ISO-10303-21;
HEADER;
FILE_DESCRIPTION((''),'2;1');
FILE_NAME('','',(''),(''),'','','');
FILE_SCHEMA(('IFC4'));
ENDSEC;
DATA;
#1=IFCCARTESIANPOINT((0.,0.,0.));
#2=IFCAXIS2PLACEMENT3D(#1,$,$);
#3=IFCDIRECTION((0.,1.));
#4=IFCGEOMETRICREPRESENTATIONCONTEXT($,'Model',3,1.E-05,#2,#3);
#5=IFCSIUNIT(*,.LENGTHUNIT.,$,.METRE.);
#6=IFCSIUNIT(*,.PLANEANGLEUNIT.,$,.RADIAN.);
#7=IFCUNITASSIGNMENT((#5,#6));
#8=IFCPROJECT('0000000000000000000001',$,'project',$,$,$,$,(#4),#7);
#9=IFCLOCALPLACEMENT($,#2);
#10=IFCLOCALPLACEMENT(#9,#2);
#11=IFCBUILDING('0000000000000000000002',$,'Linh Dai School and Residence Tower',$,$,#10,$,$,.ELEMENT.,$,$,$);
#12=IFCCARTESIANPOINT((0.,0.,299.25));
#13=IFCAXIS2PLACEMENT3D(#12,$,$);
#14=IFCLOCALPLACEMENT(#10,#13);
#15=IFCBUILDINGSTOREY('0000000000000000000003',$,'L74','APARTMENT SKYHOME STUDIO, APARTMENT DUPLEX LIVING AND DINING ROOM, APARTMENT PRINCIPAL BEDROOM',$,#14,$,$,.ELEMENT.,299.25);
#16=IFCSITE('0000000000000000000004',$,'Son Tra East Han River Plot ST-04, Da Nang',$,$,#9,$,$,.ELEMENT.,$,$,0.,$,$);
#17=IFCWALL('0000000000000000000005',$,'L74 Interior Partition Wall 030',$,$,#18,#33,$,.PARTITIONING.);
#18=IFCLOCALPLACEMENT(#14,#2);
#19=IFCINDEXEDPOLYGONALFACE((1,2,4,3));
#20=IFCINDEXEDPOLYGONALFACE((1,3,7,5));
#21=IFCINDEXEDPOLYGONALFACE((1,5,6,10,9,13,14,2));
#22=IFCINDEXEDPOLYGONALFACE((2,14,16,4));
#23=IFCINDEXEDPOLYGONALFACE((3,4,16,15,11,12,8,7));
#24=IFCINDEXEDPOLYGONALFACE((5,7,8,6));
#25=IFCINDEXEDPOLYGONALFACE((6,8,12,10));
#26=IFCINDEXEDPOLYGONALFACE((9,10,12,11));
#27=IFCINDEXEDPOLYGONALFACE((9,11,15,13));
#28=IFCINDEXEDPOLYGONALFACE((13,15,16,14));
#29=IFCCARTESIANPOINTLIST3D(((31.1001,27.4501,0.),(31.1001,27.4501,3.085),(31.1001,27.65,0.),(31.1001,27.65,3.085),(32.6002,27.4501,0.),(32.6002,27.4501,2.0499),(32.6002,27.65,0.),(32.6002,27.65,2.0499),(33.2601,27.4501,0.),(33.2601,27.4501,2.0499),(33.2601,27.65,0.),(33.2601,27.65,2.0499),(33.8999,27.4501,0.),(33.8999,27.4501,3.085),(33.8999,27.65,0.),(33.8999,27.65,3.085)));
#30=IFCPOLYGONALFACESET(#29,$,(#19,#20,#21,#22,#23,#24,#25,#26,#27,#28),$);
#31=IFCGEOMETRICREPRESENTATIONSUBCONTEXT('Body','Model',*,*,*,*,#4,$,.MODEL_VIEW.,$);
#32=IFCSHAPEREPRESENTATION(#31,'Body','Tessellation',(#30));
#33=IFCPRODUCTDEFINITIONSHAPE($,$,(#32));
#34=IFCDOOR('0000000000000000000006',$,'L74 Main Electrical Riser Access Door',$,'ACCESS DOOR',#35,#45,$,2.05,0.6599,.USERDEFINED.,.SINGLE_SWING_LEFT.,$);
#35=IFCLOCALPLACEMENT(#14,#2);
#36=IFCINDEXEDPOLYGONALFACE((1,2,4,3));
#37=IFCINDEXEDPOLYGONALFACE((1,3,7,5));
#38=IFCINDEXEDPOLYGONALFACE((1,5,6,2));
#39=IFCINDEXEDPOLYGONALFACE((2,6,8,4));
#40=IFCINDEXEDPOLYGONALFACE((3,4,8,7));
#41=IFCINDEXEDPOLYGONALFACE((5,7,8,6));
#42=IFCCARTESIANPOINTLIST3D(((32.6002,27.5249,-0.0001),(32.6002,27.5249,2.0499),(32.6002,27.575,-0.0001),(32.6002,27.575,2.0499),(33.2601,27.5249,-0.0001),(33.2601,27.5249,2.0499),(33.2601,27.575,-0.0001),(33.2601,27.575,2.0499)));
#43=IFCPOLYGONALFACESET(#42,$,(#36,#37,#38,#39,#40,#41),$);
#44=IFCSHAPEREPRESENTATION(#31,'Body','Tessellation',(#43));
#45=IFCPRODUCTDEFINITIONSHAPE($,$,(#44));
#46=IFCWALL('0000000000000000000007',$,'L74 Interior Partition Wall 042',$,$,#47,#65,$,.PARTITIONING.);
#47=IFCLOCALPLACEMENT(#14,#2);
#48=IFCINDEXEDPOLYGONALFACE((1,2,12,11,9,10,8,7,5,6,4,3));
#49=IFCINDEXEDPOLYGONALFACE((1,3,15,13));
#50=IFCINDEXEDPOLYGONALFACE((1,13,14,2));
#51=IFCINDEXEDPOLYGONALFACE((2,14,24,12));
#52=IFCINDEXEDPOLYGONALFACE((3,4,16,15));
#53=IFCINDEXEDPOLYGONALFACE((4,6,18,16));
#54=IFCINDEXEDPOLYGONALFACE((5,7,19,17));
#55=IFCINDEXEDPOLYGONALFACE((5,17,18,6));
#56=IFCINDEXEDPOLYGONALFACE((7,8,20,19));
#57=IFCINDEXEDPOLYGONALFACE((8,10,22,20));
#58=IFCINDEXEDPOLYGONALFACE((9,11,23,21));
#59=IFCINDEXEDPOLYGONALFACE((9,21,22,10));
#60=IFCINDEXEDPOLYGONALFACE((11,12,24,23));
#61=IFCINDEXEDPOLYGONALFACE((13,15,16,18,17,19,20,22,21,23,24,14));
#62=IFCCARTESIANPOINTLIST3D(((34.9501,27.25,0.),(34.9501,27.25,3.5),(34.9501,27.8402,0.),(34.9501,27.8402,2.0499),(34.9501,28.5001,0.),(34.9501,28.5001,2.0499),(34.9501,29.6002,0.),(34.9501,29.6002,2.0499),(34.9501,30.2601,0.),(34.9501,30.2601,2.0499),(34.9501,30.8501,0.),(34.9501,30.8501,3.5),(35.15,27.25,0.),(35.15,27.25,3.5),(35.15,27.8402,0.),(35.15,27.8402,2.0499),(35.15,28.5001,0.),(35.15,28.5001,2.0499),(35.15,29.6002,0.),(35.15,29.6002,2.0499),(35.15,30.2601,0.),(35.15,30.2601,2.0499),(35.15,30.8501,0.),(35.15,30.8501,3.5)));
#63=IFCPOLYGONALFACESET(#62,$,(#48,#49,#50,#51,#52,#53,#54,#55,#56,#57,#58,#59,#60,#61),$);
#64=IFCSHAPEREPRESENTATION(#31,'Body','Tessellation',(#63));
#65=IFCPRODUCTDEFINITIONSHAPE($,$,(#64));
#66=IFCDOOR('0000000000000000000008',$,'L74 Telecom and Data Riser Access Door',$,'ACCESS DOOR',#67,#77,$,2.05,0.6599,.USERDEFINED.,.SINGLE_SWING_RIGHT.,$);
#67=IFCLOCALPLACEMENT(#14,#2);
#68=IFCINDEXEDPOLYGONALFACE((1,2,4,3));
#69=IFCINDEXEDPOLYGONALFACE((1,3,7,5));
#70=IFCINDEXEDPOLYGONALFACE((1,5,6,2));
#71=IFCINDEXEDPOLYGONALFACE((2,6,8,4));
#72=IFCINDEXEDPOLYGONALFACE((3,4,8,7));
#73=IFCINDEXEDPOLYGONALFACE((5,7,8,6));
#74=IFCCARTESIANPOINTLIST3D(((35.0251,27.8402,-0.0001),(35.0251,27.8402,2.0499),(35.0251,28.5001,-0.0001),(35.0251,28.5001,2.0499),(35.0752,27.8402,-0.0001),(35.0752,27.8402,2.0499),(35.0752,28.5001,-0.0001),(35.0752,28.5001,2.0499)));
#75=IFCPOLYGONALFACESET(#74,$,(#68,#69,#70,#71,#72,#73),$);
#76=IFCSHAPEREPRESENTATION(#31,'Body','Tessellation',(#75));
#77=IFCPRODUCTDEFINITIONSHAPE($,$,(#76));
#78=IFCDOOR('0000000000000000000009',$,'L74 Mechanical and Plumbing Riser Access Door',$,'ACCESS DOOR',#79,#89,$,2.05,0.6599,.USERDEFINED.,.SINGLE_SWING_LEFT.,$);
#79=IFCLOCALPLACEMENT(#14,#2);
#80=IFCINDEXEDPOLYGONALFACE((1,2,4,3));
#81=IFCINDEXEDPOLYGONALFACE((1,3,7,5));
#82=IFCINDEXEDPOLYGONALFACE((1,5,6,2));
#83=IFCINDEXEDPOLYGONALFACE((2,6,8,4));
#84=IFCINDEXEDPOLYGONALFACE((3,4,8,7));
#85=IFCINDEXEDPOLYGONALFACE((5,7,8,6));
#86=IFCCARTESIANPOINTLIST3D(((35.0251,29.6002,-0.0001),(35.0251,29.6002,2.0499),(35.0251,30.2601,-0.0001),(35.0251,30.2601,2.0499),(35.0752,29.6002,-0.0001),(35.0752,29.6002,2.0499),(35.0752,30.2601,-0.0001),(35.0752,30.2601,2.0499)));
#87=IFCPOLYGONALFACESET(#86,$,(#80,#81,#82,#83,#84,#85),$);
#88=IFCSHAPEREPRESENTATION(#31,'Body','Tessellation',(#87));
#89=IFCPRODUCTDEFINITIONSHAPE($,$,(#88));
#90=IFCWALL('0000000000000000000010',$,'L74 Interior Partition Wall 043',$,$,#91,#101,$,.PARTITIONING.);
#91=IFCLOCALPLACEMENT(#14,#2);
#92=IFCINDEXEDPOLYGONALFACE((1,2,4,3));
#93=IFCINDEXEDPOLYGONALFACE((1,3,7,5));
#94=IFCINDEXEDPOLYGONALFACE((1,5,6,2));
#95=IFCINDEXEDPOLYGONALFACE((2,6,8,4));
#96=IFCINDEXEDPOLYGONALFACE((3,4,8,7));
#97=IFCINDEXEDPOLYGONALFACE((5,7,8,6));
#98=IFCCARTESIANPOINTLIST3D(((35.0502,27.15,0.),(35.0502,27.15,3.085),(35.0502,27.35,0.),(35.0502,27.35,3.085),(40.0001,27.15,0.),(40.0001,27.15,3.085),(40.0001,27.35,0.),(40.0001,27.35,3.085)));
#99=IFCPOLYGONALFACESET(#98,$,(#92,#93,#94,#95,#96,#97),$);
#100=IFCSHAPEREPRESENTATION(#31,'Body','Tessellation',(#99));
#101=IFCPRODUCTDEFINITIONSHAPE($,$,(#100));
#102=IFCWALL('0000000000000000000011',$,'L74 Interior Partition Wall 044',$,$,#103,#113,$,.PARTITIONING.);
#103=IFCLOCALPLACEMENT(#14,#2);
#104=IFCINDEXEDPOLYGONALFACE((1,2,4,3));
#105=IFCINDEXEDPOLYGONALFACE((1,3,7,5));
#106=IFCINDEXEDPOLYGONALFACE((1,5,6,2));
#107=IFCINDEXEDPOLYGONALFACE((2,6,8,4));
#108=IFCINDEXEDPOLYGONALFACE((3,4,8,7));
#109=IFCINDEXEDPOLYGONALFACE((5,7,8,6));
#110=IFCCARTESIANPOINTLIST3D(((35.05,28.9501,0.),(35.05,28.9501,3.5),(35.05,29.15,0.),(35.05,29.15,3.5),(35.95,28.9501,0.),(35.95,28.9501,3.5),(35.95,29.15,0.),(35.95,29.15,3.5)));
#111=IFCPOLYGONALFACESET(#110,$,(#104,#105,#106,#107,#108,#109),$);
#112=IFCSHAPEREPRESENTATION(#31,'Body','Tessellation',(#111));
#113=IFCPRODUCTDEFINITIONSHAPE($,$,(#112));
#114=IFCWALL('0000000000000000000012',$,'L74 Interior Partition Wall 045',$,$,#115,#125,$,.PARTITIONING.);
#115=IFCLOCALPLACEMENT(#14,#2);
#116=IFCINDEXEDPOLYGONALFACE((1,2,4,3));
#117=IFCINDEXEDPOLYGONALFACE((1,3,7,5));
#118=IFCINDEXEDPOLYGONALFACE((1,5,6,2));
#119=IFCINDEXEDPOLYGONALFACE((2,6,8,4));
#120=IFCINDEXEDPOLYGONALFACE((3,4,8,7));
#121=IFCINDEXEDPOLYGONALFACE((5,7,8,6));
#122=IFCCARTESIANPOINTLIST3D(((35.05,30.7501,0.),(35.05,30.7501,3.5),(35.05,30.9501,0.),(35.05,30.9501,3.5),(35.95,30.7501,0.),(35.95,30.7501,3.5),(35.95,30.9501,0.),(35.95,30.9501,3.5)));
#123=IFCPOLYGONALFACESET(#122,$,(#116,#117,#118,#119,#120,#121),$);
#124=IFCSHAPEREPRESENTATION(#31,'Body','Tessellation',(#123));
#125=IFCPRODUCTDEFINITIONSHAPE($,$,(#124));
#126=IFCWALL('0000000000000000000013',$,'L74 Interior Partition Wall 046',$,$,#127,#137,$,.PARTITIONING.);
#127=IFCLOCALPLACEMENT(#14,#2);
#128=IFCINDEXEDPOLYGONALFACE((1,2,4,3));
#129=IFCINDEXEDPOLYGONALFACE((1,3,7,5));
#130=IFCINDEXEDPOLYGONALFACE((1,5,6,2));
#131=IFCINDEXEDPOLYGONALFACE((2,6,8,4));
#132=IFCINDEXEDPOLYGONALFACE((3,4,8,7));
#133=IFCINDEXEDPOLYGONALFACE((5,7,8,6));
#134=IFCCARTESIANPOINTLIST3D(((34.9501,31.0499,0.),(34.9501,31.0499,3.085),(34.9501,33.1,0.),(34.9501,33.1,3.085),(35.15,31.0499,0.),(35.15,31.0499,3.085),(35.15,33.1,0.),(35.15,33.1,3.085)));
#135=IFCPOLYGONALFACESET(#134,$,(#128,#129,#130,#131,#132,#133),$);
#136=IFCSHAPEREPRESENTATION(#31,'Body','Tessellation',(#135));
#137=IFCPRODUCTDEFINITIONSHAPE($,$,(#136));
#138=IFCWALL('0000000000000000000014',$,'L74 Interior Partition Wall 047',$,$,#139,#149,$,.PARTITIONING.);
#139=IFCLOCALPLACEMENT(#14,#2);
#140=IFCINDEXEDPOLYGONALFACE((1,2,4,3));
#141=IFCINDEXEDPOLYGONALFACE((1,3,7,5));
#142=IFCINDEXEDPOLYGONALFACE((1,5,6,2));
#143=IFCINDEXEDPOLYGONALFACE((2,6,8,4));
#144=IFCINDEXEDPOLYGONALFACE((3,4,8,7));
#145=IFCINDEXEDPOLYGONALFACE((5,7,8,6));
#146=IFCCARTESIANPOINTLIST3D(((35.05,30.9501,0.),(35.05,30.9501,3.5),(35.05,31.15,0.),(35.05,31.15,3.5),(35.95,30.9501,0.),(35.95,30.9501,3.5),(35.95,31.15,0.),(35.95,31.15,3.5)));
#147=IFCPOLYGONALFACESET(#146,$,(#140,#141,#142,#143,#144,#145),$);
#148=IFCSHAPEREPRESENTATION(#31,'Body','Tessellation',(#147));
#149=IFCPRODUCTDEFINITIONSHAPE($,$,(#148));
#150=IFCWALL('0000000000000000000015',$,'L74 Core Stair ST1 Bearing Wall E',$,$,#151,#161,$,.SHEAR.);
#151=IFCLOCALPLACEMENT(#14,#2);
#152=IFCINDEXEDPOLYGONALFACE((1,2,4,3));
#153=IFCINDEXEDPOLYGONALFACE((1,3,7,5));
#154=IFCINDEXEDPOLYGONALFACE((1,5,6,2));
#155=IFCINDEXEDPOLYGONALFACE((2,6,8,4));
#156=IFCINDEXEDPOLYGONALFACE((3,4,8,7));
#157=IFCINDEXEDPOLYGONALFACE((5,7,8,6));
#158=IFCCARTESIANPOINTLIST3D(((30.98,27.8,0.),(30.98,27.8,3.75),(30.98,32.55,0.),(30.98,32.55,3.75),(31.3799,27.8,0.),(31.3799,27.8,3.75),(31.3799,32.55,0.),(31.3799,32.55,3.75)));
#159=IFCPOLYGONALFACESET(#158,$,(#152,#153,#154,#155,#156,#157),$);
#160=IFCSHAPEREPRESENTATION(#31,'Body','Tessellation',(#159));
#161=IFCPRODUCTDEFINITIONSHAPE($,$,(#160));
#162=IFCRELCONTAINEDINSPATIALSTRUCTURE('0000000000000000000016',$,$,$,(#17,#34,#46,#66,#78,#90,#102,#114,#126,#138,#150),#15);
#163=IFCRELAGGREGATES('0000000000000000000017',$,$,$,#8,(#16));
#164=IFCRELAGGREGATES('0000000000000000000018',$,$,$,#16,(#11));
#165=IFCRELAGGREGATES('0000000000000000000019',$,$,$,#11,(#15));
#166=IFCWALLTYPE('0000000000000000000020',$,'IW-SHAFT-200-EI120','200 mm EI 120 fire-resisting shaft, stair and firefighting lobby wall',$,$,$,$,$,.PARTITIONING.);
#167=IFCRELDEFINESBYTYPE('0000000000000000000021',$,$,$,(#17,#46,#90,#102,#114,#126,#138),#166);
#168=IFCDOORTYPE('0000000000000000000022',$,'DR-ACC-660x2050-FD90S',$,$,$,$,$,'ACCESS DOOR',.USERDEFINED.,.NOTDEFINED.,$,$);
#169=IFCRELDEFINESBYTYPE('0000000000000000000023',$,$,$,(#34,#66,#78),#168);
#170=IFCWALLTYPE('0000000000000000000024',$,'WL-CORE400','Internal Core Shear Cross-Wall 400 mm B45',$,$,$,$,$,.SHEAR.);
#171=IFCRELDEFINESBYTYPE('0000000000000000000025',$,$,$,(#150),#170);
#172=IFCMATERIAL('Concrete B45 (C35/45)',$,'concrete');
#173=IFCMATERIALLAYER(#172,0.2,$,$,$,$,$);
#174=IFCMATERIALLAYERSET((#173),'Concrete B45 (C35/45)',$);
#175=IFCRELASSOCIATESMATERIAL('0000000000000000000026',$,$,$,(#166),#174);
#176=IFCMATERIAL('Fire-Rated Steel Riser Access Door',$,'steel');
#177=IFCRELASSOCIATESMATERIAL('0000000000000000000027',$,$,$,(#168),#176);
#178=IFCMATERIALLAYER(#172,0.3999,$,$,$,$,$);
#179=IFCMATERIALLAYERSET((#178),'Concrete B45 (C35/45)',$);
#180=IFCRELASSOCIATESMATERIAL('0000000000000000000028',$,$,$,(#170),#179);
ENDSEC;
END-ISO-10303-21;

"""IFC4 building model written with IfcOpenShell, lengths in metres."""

from ifc_helpers import new_model, si_unit, direction, frame, frame_2d, origin, origin_2d, place, context, subcontext, project, spatial, rectangle, extrude, source, transform, mapped, material, layer, layer_set, type_object, element, fill, save


model = new_model("IFC4")

# Units and contexts
model_context = context("Model", 3, precision=1e-05, world=origin(), true_north=direction((0.0, 1.0)))
body_context = subcontext(model_context, "Body", "Model", "MODEL_VIEW")
ifc_project = project(units=[si_unit("LENGTHUNIT", "METRE"), si_unit("PLANEANGLEUNIT", "RADIAN")], contexts=[model_context])

# Site, building, storey
site_placement = place(None, origin())
site = spatial("IfcSite", under=ifc_project, at=site_placement, Name="Son Tra East Han River Plot ST-04, Da Nang", CompositionType="ELEMENT", RefElevation=0.0)
building_placement = place(site_placement, origin())
building = spatial("IfcBuilding", under=site, at=building_placement, Name="Linh Dai School and Residence Tower", CompositionType="ELEMENT")
storey_placement = place(building_placement, frame((0.0, 0.0, 299.25)))
storey = spatial("IfcBuildingStorey", under=building, at=storey_placement, Name="L74", Description="APARTMENT SKYHOME STUDIO, APARTMENT DUPLEX LIVING AND DINING ROOM, APARTMENT PRINCIPAL BEDROOM", CompositionType="ELEMENT", Elevation=299.25)

# Wall, opening, door
ifc_material_1 = material(Name="Concrete B45 (C35/45)", Category="concrete")
ifc_layer_1 = layer(ifc_material_1, 0.2)
ifc_layer_set_1 = layer_set([ifc_layer_1], Name="Concrete B45 (C35/45)")
wall_type_1 = type_object("IfcWallType", Name="IW-SHAFT-200-EI120", Description="200 mm EI 120 fire-resisting shaft, stair and firefighting lobby wall", PredefinedType="PARTITIONING", material=ifc_layer_set_1)
wall_1_placement = place(storey_placement, frame((31.1001, 27.55, 0.0), z_axis=(0.0, 0.0, 1.0), x_axis=(1.0, 0.0, 0.0)))
wall_1 = element("IfcWall", 1, at=wall_1_placement, inside=storey, type_object=wall_type_1, Name="L74 Interior Partition Wall 030", PredefinedType="PARTITIONING", context=body_context, shape_type="SweptSolid", body=[
    extrude(rectangle(XDim=2.7998, YDim=0.2, at=frame_2d((1.3999, 0.0))), origin(), (0.0, 0.0, 1.0), 3.085),
])
opening_1_placement = place(wall_1_placement, frame((1.5, 0.0, 0.0)))
opening_1 = element("IfcOpeningElement", 2, at=opening_1_placement, cuts=wall_1, PredefinedType="OPENING", context=body_context, shape_type="SweptSolid", body=[
    extrude(rectangle(XDim=0.6599, YDim=2.05, at=origin_2d()), frame((0.3301, 0.1099, 1.0249), z_axis=(0.0, -1.0, 0.0), x_axis=(1.0, 0.0, 0.0)), (0.0, 0.0, 1.0), 0.22),
])
ifc_material_2 = material(Name="Fire-Rated Steel Riser Access Door", Category="steel")
door_type_1 = type_object("IfcDoorType", Name="DR-ACC-660x2050-FD90S", ElementType="ACCESS DOOR", OperationType="NOTDEFINED", PredefinedType="USERDEFINED", material=ifc_material_2)
shared_shape_1 = source(origin(), body_context, "Body", "SweptSolid", [
    extrude(rectangle(XDim=0.6599, YDim=2.05, at=origin_2d()), frame((0.3301, 0.0249, 1.0249), z_axis=(0.0, -1.0, 0.0), x_axis=(1.0, 0.0, 0.0)), (0.0, 0.0, 1.0), 0.05),
])
door_1_placement = place(opening_1_placement, origin())
door_1 = element("IfcDoor", 3, at=door_1_placement, inside=storey, type_object=door_type_1, Name="L74 Main Electrical Riser Access Door", ObjectType="ACCESS DOOR", OperationType="SINGLE_SWING_LEFT", OverallHeight=2.05, OverallWidth=0.6599, PredefinedType="USERDEFINED", context=body_context, shape_type="MappedRepresentation", body=[
    mapped(shared_shape_1, transform((0.0, 0.0, 0.0), x_axis=(1.0, 0.0, 0.0), y_axis=(0.0, 1.0, 0.0), z_axis=(0.0, 0.0, 1.0), scale=1.0)),
])
fill(opening_1, door_1)

# Wall, openings, doors
wall_2_placement = place(storey_placement, frame((35.05, 27.25, 0.0), z_axis=(0.0, 0.0, 1.0), x_axis=(0.0, 1.0, 0.0)))
wall_2 = element("IfcWall", 4, at=wall_2_placement, inside=storey, type_object=wall_type_1, Name="L74 Interior Partition Wall 042", PredefinedType="PARTITIONING", context=body_context, shape_type="SweptSolid", body=[
    extrude(rectangle(XDim=3.6001, YDim=0.2, at=frame_2d((1.8, 0.0))), origin(), (0.0, 0.0, 1.0), 3.5),
])
opening_2_placement = place(wall_2_placement, frame((0.5901, 0.0, 0.0)))
opening_2 = element("IfcOpeningElement", 5, at=opening_2_placement, cuts=wall_2, PredefinedType="OPENING", context=body_context, shape_type="SweptSolid", body=[
    extrude(rectangle(XDim=0.6599, YDim=2.05, at=origin_2d()), frame((0.3301, 0.1099, 1.0249), z_axis=(0.0, -1.0, 0.0), x_axis=(1.0, 0.0, 0.0)), (0.0, 0.0, 1.0), 0.22),
])
opening_3_placement = place(wall_2_placement, frame((2.3501, 0.0, 0.0)))
opening_3 = element("IfcOpeningElement", 6, at=opening_3_placement, cuts=wall_2, PredefinedType="OPENING", context=body_context, shape_type="SweptSolid", body=[
    extrude(rectangle(XDim=0.6599, YDim=2.05, at=origin_2d()), frame((0.3301, 0.1099, 1.0249), z_axis=(0.0, -1.0, 0.0), x_axis=(1.0, 0.0, 0.0)), (0.0, 0.0, 1.0), 0.22),
])
door_2_placement = place(opening_2_placement, origin())
door_2 = element("IfcDoor", 7, at=door_2_placement, inside=storey, type_object=door_type_1, Name="L74 Telecom and Data Riser Access Door", ObjectType="ACCESS DOOR", OperationType="SINGLE_SWING_RIGHT", OverallHeight=2.05, OverallWidth=0.6599, PredefinedType="USERDEFINED", context=body_context, shape_type="MappedRepresentation", body=[
    mapped(shared_shape_1, transform((0.0, 0.0, 0.0), x_axis=(1.0, 0.0, 0.0), y_axis=(0.0, 1.0, 0.0), z_axis=(0.0, 0.0, 1.0), scale=1.0)),
])
fill(opening_2, door_2)
door_3_placement = place(opening_3_placement, origin())
door_3 = element("IfcDoor", 8, at=door_3_placement, inside=storey, type_object=door_type_1, Name="L74 Mechanical and Plumbing Riser Access Door", ObjectType="ACCESS DOOR", OperationType="SINGLE_SWING_LEFT", OverallHeight=2.05, OverallWidth=0.6599, PredefinedType="USERDEFINED", context=body_context, shape_type="MappedRepresentation", body=[
    mapped(shared_shape_1, transform((0.0, 0.0, 0.0), x_axis=(1.0, 0.0, 0.0), y_axis=(0.0, 1.0, 0.0), z_axis=(0.0, 0.0, 1.0), scale=1.0)),
])
fill(opening_3, door_3)

# Walls
wall_3_placement = place(storey_placement, frame((35.05, 27.25, 0.0), z_axis=(0.0, 0.0, 1.0), x_axis=(1.0, 0.0, 0.0)))
element("IfcWall", 9, at=wall_3_placement, inside=storey, type_object=wall_type_1, Name="L74 Interior Partition Wall 043", PredefinedType="PARTITIONING", context=body_context, shape_type="SweptSolid", body=[
    extrude(rectangle(XDim=4.95, YDim=0.2, at=frame_2d((2.4751, 0.0))), origin(), (0.0, 0.0, 1.0), 3.085),
])
for number, where, z_axis, x_axis, name in (
    (10, (35.05, 29.05, 0.0), (0.0, 0.0, 1.0), (1.0, 0.0, 0.0), "L74 Interior Partition Wall 044"),
    (11, (35.05, 30.8501, 0.0), (0.0, 0.0, 1.0), (1.0, 0.0, 0.0), "L74 Interior Partition Wall 045"),
):
    element("IfcWall", number, at=place(storey_placement, frame(where, z_axis=z_axis, x_axis=x_axis)), inside=storey, type_object=wall_type_1, Name=name, PredefinedType="PARTITIONING", context=body_context, shape_type="SweptSolid", body=[
        extrude(rectangle(XDim=0.8999, YDim=0.2, at=frame_2d((0.45, 0.0))), origin(), (0.0, 0.0, 1.0), 3.5),
    ])
wall_4_placement = place(storey_placement, frame((35.05, 31.05, 0.0), z_axis=(0.0, 0.0, 1.0), x_axis=(0.0, 1.0, 0.0)))
element("IfcWall", 12, at=wall_4_placement, inside=storey, type_object=wall_type_1, Name="L74 Interior Partition Wall 046", PredefinedType="PARTITIONING", context=body_context, shape_type="SweptSolid", body=[
    extrude(rectangle(XDim=2.05, YDim=0.2, at=frame_2d((1.0249, 0.0))), origin(), (0.0, 0.0, 1.0), 3.085),
])
wall_5_placement = place(storey_placement, frame((35.05, 31.05, 0.0), z_axis=(0.0, 0.0, 1.0), x_axis=(1.0, 0.0, 0.0)))
element("IfcWall", 13, at=wall_5_placement, inside=storey, type_object=wall_type_1, Name="L74 Interior Partition Wall 047", PredefinedType="PARTITIONING", context=body_context, shape_type="SweptSolid", body=[
    extrude(rectangle(XDim=0.8999, YDim=0.2, at=frame_2d((0.45, 0.0))), origin(), (0.0, 0.0, 1.0), 3.5),
])
ifc_layer_2 = layer(ifc_material_1, 0.3999)
ifc_layer_set_2 = layer_set([ifc_layer_2], Name="Concrete B45 (C35/45)")
wall_type_2 = type_object("IfcWallType", Name="WL-CORE400", Description="Internal Core Shear Cross-Wall 400 mm B45", PredefinedType="SHEAR", material=ifc_layer_set_2)
wall_6_placement = place(storey_placement, frame((31.1799, 27.8, 0.0), z_axis=(0.0, 0.0, 1.0), x_axis=(0.0, 1.0, 0.0)))
element("IfcWall", 14, at=wall_6_placement, inside=storey, type_object=wall_type_2, Name="L74 Core Stair ST1 Bearing Wall E", PredefinedType="SHEAR", context=body_context, shape_type="SweptSolid", body=[
    extrude(rectangle(XDim=4.75, YDim=0.3999, at=frame_2d((2.375, 0.0))), origin(), (0.0, 0.0, 1.0), 3.75),
])

save(model, "model.ifc")
